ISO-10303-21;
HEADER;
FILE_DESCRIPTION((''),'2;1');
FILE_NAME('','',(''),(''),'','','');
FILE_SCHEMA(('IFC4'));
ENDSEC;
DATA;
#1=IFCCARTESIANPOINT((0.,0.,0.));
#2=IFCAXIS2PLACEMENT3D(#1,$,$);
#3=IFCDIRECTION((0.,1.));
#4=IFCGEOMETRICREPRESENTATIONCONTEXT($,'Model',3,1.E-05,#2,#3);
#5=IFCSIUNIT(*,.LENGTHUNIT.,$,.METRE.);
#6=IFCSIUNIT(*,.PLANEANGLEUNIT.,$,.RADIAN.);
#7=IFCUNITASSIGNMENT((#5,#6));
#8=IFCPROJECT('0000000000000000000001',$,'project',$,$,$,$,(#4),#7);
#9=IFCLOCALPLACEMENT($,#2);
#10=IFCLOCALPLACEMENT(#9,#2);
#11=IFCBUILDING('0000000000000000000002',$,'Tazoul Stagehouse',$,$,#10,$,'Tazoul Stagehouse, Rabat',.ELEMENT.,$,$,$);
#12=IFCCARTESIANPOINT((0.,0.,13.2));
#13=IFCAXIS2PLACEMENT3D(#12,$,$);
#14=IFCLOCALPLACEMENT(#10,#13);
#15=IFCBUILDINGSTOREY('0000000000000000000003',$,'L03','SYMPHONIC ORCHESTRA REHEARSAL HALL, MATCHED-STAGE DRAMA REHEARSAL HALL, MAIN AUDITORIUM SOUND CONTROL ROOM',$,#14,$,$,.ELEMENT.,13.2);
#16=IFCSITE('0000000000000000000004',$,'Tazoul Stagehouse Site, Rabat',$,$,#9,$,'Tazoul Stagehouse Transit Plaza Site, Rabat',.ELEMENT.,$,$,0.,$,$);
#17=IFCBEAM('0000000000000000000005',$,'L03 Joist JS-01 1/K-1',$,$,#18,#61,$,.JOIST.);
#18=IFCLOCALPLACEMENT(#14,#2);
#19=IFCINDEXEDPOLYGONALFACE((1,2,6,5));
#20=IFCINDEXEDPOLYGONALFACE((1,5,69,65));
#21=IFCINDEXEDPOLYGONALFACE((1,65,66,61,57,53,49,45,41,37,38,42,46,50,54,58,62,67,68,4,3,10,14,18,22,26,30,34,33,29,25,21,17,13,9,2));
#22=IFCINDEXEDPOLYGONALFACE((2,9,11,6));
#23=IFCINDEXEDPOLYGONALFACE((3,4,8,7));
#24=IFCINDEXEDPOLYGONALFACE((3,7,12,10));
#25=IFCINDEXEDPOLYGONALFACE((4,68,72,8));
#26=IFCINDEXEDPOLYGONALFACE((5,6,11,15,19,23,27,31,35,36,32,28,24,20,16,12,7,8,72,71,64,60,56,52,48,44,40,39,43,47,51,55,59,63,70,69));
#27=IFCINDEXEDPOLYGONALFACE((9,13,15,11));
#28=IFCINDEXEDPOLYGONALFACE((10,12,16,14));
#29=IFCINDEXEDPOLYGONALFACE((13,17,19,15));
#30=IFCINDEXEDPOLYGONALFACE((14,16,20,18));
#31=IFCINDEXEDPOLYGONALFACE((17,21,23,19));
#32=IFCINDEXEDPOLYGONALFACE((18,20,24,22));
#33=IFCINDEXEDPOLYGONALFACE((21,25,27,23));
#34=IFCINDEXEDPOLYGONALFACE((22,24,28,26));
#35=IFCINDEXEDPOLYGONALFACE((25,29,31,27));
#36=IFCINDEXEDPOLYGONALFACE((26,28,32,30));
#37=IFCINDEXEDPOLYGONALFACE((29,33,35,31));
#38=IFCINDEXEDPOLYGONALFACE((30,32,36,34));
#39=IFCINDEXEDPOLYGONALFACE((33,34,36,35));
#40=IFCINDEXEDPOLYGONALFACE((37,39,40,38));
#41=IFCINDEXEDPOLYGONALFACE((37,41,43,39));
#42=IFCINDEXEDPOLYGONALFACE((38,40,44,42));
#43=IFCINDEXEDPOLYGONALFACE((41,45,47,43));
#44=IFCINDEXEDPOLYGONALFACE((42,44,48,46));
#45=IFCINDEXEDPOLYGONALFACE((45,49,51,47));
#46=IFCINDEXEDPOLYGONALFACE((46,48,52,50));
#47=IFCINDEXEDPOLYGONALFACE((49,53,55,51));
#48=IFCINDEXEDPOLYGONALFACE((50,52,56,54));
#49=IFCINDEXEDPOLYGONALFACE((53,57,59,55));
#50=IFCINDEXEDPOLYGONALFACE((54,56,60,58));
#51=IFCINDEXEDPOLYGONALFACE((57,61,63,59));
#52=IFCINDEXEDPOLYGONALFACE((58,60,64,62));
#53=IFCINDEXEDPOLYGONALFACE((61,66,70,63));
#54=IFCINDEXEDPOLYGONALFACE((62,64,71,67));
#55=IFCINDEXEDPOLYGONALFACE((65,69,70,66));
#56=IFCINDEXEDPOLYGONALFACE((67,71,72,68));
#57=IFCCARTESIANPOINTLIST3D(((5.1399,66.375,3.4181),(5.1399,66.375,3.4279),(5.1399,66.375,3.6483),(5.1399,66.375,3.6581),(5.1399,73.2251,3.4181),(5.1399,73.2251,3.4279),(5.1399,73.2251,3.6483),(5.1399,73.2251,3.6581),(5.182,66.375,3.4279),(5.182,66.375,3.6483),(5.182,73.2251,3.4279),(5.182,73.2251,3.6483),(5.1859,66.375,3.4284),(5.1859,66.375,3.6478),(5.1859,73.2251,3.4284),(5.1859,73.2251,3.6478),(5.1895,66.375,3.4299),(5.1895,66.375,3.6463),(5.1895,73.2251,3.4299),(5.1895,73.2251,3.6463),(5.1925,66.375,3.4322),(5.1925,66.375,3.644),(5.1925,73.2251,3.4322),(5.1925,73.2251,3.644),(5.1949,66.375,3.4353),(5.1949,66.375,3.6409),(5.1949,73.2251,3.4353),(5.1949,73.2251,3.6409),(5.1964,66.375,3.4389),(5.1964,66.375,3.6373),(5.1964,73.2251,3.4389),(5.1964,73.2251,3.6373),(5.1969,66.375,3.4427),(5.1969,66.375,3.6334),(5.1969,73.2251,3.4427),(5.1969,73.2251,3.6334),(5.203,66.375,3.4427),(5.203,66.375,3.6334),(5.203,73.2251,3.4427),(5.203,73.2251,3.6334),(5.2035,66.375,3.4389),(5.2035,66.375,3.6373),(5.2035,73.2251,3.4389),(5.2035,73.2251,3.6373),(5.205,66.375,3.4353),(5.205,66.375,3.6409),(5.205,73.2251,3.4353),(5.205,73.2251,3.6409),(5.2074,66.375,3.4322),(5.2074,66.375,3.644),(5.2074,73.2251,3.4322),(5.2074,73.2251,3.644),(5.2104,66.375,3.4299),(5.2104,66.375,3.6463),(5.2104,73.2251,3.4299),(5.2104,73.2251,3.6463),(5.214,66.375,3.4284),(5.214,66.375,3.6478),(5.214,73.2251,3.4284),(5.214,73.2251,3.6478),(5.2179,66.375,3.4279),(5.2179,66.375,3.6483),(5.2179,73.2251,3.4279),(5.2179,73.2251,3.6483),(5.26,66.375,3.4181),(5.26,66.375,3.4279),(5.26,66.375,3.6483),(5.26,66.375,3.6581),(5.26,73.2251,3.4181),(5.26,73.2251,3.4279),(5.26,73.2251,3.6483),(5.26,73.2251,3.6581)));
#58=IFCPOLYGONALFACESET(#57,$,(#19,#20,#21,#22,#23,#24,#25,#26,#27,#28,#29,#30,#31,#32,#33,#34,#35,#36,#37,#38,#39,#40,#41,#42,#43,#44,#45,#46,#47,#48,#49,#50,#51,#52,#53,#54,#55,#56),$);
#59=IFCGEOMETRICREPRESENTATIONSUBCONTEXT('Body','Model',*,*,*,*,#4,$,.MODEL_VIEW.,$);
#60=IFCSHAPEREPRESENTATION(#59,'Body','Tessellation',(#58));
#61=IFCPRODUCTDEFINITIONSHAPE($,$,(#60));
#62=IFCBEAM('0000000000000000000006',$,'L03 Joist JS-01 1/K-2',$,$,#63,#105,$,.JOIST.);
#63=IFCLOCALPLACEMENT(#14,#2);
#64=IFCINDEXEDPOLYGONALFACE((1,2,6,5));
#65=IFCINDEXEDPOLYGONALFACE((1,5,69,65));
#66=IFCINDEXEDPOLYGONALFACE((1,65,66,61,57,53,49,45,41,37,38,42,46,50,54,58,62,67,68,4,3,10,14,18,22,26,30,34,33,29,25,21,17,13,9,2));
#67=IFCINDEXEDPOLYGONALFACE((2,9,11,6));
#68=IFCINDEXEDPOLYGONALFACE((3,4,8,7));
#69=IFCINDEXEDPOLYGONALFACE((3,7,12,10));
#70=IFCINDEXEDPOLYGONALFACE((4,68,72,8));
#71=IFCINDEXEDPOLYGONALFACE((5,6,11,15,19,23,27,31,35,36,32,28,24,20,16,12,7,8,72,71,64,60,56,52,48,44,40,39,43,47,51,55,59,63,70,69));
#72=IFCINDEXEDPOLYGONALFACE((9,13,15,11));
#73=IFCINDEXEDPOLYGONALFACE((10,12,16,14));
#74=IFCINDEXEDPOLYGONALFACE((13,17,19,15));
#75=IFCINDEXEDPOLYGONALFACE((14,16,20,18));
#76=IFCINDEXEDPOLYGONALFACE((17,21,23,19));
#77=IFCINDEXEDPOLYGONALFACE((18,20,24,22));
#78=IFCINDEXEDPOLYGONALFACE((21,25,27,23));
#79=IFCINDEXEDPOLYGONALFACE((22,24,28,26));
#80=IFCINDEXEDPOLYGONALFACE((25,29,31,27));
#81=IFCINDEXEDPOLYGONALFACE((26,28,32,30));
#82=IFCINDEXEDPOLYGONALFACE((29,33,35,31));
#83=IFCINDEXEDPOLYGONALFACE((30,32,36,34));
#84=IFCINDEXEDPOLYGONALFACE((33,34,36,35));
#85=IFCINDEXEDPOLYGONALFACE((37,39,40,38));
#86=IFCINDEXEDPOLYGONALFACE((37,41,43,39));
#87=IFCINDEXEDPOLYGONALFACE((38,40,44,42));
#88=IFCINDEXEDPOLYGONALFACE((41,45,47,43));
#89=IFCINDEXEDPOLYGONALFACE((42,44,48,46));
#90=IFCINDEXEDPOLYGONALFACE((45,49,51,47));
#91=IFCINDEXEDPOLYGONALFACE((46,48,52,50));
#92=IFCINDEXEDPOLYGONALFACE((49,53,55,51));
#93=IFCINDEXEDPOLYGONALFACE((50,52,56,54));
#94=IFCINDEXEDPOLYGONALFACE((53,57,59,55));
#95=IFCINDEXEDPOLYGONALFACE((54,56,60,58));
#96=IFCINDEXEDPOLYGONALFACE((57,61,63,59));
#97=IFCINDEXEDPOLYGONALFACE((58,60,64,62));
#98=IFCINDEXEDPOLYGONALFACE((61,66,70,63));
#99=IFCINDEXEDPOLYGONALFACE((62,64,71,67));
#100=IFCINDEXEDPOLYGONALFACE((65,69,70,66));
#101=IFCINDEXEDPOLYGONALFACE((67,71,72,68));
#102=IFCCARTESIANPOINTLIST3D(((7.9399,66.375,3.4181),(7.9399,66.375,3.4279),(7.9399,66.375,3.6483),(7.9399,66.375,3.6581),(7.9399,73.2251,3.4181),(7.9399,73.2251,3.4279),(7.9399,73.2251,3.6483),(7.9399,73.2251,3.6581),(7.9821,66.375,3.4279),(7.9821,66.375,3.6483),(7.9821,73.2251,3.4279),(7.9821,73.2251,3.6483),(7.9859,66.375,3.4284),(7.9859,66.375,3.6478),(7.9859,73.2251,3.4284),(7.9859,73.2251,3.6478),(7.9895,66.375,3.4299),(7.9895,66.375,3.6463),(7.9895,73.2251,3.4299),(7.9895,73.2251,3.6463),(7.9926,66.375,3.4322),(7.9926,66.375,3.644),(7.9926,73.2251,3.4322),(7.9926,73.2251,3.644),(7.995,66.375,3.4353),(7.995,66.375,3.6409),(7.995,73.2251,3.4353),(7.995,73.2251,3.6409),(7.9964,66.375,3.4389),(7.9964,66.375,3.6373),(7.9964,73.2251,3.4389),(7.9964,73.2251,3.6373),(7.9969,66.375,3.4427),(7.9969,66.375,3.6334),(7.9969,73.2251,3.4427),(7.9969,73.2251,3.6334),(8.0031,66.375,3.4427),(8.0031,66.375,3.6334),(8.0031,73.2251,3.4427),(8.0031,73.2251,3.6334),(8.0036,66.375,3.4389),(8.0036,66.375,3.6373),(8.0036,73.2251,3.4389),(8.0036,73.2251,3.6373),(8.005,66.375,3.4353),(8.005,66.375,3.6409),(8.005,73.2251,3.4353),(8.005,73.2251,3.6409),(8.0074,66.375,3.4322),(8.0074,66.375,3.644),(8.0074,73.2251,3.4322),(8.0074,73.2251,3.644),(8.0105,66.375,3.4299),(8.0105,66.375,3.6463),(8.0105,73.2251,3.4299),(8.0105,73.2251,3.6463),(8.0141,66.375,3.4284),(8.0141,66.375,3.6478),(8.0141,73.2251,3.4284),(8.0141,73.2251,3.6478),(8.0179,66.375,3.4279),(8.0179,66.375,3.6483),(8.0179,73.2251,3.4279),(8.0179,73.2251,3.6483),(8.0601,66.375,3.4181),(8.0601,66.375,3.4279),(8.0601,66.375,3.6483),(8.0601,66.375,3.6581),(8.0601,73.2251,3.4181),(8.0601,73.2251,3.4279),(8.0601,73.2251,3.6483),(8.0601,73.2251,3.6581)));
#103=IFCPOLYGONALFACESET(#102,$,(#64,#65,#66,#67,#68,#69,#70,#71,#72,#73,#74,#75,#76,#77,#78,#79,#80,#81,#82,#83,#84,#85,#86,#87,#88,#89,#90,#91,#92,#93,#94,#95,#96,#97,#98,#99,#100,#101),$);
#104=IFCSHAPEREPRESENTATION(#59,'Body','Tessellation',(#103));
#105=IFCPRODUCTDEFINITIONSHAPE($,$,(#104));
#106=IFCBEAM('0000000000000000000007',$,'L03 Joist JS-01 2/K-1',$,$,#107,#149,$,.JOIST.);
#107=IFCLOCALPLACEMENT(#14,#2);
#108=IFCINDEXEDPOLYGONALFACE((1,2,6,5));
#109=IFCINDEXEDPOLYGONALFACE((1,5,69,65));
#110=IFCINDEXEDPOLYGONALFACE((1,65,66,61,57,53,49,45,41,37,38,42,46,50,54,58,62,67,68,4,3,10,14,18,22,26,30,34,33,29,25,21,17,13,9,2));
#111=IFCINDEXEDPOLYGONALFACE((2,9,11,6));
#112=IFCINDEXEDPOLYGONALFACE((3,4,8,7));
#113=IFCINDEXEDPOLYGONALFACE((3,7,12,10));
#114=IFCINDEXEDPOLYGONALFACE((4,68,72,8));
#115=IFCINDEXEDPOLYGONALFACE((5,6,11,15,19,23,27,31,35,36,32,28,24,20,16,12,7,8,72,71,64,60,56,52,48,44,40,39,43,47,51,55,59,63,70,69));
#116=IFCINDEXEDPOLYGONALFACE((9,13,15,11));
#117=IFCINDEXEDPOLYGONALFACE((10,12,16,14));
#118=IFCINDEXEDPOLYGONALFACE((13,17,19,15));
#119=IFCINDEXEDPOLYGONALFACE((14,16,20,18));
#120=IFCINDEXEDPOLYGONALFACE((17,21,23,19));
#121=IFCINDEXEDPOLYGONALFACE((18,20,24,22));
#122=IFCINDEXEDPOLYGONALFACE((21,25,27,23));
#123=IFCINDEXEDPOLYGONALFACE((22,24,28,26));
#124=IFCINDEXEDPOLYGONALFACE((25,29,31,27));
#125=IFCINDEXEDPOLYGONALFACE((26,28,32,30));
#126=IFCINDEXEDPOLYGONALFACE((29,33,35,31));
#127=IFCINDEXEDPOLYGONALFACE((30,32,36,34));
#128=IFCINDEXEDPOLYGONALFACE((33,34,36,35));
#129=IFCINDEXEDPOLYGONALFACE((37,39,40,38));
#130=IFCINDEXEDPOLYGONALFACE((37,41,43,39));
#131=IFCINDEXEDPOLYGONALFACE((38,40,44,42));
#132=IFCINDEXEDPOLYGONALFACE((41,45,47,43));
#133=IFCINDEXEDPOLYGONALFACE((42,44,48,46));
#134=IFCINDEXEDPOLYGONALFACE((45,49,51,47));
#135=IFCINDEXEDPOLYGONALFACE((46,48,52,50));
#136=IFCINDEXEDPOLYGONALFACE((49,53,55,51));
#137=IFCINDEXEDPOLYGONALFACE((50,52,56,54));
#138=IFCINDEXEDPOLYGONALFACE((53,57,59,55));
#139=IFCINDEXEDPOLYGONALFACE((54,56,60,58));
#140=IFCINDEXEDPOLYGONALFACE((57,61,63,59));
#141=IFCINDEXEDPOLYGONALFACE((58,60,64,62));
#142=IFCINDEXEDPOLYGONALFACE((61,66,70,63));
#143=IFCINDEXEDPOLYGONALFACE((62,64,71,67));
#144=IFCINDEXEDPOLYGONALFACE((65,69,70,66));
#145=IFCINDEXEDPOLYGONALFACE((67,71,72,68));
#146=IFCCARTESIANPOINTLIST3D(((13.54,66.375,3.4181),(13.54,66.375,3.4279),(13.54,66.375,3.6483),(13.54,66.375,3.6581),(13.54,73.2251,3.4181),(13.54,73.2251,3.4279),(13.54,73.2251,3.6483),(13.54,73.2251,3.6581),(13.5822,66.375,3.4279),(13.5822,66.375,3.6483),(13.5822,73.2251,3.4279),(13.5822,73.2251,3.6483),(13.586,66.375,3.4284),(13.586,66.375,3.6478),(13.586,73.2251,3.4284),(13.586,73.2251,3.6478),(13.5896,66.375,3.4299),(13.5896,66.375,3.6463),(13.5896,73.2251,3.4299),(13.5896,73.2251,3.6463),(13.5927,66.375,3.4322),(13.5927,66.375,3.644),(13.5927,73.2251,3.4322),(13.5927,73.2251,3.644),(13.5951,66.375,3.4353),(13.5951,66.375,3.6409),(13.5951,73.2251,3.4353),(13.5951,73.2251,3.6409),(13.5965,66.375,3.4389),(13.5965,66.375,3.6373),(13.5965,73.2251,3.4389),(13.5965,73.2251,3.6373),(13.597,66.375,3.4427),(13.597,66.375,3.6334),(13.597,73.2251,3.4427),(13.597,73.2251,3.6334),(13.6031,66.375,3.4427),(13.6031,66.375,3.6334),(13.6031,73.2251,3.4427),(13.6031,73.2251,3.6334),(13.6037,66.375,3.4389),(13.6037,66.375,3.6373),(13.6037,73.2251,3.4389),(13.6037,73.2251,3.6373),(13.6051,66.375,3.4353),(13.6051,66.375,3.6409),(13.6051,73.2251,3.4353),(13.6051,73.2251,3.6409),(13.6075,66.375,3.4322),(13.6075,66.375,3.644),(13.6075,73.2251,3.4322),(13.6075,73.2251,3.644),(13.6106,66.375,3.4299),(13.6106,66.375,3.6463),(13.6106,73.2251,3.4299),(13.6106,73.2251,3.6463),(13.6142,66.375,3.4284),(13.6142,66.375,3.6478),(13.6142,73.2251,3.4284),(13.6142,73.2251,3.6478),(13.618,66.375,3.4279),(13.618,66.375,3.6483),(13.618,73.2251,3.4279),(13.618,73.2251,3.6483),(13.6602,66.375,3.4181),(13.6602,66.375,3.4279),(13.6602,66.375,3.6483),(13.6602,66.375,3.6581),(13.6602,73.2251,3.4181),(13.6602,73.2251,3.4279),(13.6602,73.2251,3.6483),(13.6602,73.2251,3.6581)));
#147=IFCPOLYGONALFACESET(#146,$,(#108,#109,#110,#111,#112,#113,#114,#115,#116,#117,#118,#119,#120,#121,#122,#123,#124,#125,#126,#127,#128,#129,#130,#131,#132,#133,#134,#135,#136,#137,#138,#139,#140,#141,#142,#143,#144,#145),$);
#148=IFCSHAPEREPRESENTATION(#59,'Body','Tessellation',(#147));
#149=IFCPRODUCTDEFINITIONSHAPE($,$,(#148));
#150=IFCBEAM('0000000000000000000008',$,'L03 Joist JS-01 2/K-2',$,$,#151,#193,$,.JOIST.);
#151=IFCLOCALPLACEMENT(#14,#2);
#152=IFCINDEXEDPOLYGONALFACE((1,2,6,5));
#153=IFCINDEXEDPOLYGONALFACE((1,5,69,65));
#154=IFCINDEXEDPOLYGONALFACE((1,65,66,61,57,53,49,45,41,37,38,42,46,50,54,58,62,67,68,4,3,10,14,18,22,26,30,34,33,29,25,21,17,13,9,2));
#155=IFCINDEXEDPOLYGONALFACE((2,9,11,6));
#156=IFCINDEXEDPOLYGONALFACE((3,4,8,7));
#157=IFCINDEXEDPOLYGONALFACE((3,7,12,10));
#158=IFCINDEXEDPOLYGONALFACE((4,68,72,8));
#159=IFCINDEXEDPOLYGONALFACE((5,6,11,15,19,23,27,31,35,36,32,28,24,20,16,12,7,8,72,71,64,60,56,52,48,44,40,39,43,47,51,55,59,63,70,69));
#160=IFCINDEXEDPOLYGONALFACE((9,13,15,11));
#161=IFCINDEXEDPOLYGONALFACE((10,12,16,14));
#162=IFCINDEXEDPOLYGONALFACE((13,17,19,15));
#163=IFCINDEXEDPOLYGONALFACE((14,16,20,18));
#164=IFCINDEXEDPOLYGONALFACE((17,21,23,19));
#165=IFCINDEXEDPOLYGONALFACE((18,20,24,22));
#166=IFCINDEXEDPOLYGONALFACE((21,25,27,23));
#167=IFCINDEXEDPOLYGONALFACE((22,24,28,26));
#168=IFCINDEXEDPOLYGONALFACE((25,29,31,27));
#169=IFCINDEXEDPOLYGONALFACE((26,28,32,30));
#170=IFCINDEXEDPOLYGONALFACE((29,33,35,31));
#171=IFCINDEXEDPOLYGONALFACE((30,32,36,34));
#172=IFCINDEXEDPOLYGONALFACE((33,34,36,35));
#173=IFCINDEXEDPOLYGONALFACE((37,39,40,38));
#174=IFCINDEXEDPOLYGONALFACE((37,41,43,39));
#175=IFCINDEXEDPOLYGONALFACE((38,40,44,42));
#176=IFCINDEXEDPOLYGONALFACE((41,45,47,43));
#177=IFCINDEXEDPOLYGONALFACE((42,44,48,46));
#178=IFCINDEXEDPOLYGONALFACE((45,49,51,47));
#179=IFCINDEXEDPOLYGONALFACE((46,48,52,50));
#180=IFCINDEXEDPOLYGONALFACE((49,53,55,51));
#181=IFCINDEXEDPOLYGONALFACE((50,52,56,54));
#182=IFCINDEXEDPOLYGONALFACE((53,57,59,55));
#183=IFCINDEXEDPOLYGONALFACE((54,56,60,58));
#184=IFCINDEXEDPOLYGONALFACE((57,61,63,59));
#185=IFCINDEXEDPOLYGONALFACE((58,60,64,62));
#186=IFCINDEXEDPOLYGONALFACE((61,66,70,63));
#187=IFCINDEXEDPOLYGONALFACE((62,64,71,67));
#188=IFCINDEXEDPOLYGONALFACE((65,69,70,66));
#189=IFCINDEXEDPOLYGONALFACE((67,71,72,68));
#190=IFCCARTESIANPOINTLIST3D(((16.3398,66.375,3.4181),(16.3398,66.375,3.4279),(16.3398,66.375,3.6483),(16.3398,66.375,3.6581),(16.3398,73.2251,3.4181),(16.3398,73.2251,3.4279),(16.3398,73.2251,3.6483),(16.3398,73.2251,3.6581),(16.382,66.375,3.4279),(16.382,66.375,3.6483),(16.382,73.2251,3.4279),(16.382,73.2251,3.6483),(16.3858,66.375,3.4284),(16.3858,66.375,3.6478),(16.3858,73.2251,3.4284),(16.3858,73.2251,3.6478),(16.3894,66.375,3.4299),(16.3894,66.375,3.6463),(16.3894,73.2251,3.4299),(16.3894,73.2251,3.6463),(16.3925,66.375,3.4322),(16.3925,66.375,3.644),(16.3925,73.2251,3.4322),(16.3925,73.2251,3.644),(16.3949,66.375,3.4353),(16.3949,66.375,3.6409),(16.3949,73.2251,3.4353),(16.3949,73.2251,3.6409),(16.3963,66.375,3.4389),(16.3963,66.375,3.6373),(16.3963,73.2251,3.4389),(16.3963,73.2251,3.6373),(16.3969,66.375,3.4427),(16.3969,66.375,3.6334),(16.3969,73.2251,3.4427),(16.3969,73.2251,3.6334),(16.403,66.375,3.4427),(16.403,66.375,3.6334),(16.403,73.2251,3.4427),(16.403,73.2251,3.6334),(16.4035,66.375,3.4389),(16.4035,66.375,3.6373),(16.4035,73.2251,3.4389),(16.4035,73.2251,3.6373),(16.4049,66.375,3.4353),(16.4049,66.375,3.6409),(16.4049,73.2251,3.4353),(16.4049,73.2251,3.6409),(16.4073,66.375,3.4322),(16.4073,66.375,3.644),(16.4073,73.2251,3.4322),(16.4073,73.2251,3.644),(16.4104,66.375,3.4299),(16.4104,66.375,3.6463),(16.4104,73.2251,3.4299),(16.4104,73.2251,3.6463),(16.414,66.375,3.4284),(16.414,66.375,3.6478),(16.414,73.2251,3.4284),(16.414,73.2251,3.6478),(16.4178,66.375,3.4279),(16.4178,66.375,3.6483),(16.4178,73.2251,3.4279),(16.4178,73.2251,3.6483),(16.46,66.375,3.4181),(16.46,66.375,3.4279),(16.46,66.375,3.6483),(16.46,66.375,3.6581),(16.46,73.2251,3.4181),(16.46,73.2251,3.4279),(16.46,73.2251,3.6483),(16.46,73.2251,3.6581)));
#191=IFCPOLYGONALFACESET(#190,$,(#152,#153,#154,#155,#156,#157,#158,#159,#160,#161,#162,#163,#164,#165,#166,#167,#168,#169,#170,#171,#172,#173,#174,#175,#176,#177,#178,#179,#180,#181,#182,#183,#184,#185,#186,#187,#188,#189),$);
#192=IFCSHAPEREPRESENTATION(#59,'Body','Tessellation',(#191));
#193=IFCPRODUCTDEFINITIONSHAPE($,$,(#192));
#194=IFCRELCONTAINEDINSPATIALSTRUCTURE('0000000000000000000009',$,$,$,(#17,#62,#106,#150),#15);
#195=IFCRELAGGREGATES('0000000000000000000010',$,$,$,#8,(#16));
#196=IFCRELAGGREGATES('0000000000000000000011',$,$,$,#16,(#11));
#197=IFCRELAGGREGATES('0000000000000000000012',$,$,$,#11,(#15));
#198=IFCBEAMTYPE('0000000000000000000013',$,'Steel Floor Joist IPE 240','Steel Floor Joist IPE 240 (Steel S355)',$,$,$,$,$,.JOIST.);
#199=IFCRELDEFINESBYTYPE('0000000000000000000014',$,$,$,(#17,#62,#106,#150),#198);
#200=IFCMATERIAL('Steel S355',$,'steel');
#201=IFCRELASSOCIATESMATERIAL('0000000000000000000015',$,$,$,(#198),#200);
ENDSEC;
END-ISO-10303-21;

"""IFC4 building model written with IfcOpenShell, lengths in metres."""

from ifc_helpers import new_model, si_unit, direction, frame, origin, origin_2d, place, context, subcontext, project, spatial, i_section, extrude, material, material_profile, profile_set, type_object, element, save


model = new_model("IFC4")

# Units and contexts
model_context = context("Model", 3, precision=1e-05, world=origin(), true_north=direction((0.0, 1.0)))
body_context = subcontext(model_context, "Body", "Model", "MODEL_VIEW")
ifc_project = project(units=[si_unit("LENGTHUNIT", "METRE"), si_unit("PLANEANGLEUNIT", "RADIAN")], contexts=[model_context])

# Site, building, storey
site_placement = place(None, origin())
site = spatial("IfcSite", under=ifc_project, at=site_placement, Name="Tazoul Stagehouse Site, Rabat", LongName="Tazoul Stagehouse Transit Plaza Site, Rabat", CompositionType="ELEMENT", RefElevation=0.0)
building_placement = place(site_placement, origin())
building = spatial("IfcBuilding", under=site, at=building_placement, Name="Tazoul Stagehouse", LongName="Tazoul Stagehouse, Rabat", CompositionType="ELEMENT")
storey_placement = place(building_placement, frame((0.0, 0.0, 13.2)))
storey = spatial("IfcBuildingStorey", under=building, at=storey_placement, Name="L03", Description="SYMPHONIC ORCHESTRA REHEARSAL HALL, MATCHED-STAGE DRAMA REHEARSAL HALL, MAIN AUDITORIUM SOUND CONTROL ROOM", CompositionType="ELEMENT", Elevation=13.2)

# Beams
ifc_material_1 = material(Name="Steel S355", Category="steel")
ifc_material_profile_1 = material_profile(ifc_material_1, i_section(OverallWidth=0.1201, OverallDepth=0.24, WebThickness=0.0061, FlangeThickness=0.0098, FilletRadius=0.0149, at=origin_2d()), Name="IPE 240")
ifc_profile_set_1 = profile_set([ifc_material_profile_1], Name="Steel S355")
beam_type_1 = type_object("IfcBeamType", Name="Steel Floor Joist IPE 240", Description="Steel Floor Joist IPE 240 (Steel S355)", PredefinedType="JOIST", material=ifc_profile_set_1)
for number, where, z_axis, x_axis, name in (
    (1, (5.2, 66.375, 3.5381), (0.0, 1.0, 0.0), (-1.0, 0.0, 0.0), "L03 Joist JS-01 1/K-1"),
    (2, (8.0, 66.375, 3.5381), (0.0, 1.0, 0.0), (-1.0, 0.0, 0.0), "L03 Joist JS-01 1/K-2"),
    (3, (13.6001, 66.375, 3.5381), (0.0, 1.0, 0.0), (-1.0, 0.0, 0.0), "L03 Joist JS-01 2/K-1"),
    (4, (16.3999, 66.375, 3.5381), (0.0, 1.0, 0.0), (-1.0, 0.0, 0.0), "L03 Joist JS-01 2/K-2"),
):
    element("IfcBeam", number, at=place(storey_placement, frame(where, z_axis=z_axis, x_axis=x_axis)), inside=storey, type_object=beam_type_1, Name=name, PredefinedType="JOIST", context=body_context, shape_type="SweptSolid", body=[
        extrude(i_section(OverallWidth=0.1201, OverallDepth=0.24, WebThickness=0.0061, FlangeThickness=0.0098, FilletRadius=0.0149, at=origin_2d()), origin(), (0.0, 0.0, 1.0), 6.8501),
    ])

save(model, "model.ifc")
